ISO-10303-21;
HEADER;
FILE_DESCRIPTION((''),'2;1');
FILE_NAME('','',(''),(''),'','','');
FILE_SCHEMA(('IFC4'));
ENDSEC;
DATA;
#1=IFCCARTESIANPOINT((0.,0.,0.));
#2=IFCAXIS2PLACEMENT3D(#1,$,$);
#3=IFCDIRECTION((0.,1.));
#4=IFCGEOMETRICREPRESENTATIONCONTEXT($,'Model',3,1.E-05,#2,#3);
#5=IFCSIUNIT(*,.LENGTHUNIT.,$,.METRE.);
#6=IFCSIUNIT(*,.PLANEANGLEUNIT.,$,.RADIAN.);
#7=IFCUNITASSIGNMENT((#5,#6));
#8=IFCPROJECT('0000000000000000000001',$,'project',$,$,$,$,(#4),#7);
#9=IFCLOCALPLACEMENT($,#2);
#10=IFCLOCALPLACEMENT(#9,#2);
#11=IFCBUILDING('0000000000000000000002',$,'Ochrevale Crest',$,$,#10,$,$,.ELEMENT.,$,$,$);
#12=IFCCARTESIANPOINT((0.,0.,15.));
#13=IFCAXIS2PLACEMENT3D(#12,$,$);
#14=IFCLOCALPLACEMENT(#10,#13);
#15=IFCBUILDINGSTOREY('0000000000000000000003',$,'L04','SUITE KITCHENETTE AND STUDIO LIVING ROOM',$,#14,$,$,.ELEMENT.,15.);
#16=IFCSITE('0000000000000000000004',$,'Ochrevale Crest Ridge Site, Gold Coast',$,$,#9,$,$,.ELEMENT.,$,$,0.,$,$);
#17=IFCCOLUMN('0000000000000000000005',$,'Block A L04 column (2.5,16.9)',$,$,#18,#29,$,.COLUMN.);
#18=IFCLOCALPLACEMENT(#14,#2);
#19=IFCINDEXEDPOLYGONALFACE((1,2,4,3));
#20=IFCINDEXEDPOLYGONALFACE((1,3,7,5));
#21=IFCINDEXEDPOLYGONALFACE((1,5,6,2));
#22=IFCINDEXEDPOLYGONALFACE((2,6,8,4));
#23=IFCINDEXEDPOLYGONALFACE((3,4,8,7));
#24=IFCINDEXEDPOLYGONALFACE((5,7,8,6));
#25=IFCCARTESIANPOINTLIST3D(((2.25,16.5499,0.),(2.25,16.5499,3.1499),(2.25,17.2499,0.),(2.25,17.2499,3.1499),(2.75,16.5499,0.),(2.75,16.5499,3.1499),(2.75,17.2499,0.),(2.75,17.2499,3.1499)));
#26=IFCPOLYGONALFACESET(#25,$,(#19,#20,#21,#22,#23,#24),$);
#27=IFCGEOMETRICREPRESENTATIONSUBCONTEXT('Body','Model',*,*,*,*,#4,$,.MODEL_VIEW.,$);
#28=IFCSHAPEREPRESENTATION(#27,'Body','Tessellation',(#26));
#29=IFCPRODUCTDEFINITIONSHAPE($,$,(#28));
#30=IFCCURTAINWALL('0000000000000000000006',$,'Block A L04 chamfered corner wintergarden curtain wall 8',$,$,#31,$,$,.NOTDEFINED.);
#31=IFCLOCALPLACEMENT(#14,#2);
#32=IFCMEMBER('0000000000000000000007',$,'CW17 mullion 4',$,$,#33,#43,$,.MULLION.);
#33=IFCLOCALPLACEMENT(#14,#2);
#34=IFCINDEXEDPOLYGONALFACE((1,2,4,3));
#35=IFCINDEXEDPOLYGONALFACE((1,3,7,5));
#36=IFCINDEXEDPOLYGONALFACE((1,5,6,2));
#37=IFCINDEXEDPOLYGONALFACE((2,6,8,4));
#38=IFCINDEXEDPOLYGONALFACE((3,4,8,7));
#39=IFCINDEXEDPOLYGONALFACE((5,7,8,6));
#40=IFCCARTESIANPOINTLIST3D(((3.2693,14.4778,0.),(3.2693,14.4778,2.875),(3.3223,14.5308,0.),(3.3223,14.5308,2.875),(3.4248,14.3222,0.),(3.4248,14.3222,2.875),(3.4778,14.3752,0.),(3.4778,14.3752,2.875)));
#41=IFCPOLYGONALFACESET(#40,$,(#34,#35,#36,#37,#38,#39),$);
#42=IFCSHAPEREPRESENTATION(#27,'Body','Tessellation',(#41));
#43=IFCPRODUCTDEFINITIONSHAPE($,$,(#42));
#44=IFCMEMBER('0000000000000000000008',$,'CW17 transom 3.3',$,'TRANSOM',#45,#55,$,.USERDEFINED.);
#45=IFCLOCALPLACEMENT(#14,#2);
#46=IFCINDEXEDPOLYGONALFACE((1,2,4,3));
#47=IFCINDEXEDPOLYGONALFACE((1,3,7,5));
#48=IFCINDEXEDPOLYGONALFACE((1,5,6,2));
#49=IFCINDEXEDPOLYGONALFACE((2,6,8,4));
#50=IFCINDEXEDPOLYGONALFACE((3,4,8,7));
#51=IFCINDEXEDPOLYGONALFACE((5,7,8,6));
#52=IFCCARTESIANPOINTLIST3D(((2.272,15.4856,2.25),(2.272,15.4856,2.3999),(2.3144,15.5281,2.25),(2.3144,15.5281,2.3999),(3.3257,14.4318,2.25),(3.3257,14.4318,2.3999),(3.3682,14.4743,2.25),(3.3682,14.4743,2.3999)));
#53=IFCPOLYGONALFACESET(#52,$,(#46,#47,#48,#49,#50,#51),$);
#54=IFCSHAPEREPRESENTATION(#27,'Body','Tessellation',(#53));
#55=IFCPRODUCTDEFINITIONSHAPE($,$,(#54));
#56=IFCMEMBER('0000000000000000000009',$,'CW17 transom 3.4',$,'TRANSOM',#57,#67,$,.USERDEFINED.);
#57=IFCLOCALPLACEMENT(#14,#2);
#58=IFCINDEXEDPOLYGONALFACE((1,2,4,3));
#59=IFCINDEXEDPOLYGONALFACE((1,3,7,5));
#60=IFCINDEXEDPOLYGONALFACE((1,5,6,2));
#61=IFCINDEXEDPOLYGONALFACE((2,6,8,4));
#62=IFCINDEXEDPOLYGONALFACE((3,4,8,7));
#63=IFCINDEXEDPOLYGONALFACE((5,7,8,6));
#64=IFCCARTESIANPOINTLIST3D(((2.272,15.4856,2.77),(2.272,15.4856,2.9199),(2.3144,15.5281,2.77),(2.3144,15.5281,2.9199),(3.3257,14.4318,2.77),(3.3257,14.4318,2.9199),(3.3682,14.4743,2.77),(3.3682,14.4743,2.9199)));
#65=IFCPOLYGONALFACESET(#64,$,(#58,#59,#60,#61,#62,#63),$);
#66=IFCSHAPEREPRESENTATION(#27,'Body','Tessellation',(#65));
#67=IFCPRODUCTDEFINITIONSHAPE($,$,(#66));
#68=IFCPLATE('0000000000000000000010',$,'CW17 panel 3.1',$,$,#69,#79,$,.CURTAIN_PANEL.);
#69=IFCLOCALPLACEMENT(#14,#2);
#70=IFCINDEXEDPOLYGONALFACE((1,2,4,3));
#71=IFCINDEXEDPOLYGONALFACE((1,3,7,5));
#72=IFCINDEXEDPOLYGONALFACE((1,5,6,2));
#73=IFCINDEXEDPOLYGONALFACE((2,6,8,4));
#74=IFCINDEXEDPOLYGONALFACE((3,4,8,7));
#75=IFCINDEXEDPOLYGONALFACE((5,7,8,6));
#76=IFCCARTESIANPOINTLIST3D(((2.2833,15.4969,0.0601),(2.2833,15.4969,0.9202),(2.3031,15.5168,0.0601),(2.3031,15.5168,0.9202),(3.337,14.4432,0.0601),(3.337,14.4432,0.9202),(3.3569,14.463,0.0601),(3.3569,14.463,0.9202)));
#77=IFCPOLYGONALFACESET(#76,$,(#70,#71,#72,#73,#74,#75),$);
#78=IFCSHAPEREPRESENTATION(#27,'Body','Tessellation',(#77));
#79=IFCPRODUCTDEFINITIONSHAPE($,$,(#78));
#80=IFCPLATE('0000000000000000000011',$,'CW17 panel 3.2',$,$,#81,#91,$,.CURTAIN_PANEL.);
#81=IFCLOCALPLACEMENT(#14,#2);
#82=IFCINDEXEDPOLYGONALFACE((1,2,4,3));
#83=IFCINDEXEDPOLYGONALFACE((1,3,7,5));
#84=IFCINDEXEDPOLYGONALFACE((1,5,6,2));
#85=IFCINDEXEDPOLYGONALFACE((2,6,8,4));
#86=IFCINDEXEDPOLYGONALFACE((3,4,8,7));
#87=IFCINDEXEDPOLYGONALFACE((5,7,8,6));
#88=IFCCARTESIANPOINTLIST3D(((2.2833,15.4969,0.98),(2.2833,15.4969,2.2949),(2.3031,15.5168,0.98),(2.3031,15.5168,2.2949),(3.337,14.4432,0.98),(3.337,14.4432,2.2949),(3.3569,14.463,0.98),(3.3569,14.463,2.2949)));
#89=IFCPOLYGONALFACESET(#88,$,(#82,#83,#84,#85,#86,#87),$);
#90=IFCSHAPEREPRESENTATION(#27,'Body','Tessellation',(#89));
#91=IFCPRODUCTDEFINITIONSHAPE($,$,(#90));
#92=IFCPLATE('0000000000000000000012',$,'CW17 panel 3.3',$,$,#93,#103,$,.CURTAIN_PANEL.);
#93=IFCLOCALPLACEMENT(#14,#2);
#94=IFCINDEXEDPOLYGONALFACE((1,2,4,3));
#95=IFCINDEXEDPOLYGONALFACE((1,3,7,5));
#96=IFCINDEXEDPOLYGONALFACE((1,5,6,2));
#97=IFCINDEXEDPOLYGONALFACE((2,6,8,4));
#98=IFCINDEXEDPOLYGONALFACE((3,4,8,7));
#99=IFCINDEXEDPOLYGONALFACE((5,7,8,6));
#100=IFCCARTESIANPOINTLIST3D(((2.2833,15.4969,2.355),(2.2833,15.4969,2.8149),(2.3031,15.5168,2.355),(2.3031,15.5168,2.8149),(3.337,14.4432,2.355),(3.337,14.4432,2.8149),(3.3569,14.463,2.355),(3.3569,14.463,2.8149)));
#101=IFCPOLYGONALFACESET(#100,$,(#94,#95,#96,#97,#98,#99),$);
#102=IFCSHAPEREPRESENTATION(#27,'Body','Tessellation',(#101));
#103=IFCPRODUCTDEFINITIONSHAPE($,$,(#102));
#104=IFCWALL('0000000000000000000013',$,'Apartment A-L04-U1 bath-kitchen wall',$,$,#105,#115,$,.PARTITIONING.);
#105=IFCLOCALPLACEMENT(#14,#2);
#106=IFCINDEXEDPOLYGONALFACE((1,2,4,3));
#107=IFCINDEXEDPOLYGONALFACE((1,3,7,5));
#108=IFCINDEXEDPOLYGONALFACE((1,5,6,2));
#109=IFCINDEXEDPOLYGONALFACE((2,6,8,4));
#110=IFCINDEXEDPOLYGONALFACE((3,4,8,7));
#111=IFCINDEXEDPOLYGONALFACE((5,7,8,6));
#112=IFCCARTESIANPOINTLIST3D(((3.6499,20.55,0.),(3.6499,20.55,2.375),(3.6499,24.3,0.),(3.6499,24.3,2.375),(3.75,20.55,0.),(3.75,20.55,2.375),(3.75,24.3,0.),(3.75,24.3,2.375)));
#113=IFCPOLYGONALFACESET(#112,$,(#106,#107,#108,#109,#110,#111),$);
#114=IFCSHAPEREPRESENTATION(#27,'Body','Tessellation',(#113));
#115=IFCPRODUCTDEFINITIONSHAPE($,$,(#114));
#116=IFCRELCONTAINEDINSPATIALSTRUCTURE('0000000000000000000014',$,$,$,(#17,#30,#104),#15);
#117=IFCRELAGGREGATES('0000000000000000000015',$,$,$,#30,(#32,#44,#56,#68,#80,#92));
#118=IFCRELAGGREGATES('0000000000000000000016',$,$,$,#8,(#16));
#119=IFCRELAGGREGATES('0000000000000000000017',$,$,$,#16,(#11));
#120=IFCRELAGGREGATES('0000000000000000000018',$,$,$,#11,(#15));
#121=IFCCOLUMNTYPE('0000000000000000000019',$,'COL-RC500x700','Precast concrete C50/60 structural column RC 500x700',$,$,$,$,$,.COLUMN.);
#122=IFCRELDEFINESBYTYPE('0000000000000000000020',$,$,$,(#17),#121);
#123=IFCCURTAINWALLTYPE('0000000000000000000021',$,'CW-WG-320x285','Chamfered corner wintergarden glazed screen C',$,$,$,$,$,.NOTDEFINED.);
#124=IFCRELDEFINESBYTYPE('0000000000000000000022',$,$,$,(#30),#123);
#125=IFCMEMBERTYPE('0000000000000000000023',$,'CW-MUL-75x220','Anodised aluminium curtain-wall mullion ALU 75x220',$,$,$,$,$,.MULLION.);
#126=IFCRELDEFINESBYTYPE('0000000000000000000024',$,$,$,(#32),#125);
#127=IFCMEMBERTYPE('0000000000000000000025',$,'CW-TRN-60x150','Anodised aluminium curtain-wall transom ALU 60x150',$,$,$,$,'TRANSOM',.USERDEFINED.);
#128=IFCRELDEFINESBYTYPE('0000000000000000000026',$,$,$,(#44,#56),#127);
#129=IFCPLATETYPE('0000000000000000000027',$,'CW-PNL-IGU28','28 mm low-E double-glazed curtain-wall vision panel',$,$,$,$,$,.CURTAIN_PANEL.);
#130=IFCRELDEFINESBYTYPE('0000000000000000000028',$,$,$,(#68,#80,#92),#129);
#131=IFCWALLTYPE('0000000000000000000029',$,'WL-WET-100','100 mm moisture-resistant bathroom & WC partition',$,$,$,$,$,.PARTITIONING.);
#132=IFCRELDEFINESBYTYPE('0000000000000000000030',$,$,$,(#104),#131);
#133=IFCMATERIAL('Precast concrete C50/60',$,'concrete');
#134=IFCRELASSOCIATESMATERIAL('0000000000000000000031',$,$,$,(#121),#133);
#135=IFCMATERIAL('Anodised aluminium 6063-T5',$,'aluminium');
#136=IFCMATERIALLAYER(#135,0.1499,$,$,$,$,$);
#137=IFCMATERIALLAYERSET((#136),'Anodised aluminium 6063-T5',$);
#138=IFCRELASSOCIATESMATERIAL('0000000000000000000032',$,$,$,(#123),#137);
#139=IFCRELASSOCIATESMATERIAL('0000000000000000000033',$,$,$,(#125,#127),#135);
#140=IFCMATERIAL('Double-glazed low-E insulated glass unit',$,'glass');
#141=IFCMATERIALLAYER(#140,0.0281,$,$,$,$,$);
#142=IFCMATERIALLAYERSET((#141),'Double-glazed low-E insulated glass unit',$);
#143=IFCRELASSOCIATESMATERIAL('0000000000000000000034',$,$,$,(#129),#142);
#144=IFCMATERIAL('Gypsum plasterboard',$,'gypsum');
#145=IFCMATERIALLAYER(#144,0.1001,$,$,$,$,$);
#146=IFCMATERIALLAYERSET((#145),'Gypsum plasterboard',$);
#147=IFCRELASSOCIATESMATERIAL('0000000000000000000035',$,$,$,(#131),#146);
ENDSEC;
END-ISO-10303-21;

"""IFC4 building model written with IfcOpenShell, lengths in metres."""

from ifc_helpers import new_model, si_unit, direction, frame, frame_2d, origin, origin_2d, place, context, subcontext, project, spatial, rectangle, extrude, material, layer, layer_set, material_profile, profile_set, type_object, element, aggregate, save


model = new_model("IFC4")

# Units and contexts
model_context = context("Model", 3, precision=1e-05, world=origin(), true_north=direction((0.0, 1.0)))
body_context = subcontext(model_context, "Body", "Model", "MODEL_VIEW")
ifc_project = project(units=[si_unit("LENGTHUNIT", "METRE"), si_unit("PLANEANGLEUNIT", "RADIAN")], contexts=[model_context])

# Site, building, storey
site_placement = place(None, origin())
site = spatial("IfcSite", under=ifc_project, at=site_placement, Name="Ochrevale Crest Ridge Site, Gold Coast", CompositionType="ELEMENT", RefElevation=0.0)
building_placement = place(site_placement, origin())
building = spatial("IfcBuilding", under=site, at=building_placement, Name="Ochrevale Crest", CompositionType="ELEMENT")
storey_placement = place(building_placement, frame((0.0, 0.0, 15.0)))
storey = spatial("IfcBuildingStorey", under=building, at=storey_placement, Name="L04", Description="SUITE KITCHENETTE AND STUDIO LIVING ROOM", CompositionType="ELEMENT", Elevation=15.0)

# Column
ifc_material_1 = material(Name="Precast concrete C50/60", Category="concrete")
ifc_material_profile_1 = material_profile(ifc_material_1, rectangle(XDim=0.5, YDim=0.7, at=origin_2d()), Name="RC 500x700")
ifc_profile_set_1 = profile_set([ifc_material_profile_1], Name="Precast concrete C50/60")
column_type = type_object("IfcColumnType", Name="COL-RC500x700", Description="Precast concrete C50/60 structural column RC 500x700", PredefinedType="COLUMN", material=ifc_profile_set_1)
column_placement = place(storey_placement, frame((2.5, 16.8999, 0.0), z_axis=(0.0, 0.0, 1.0), x_axis=(1.0, 0.0, 0.0)))
element("IfcColumn", 1, at=column_placement, inside=storey, type_object=column_type, Name="Block A L04 column (2.5,16.9)", PredefinedType="COLUMN", context=body_context, shape_type="SweptSolid", body=[
    extrude(rectangle(XDim=0.5, YDim=0.7, at=origin_2d()), origin(), (0.0, 0.0, 1.0), 3.1499),
])

# Curtain wall, members, plates
ifc_material_2 = material(Name="Anodised aluminium 6063-T5", Category="aluminium")
ifc_layer_1 = layer(ifc_material_2, 0.1499)
ifc_layer_set_1 = layer_set([ifc_layer_1], Name="Anodised aluminium 6063-T5")
curtain_wall_type = type_object("IfcCurtainWallType", Name="CW-WG-320x285", Description="Chamfered corner wintergarden glazed screen C", PredefinedType="NOTDEFINED", material=ifc_layer_set_1)
curtain_wall_placement = place(storey_placement, origin())
curtain_wall = element("IfcCurtainWall", 2, at=curtain_wall_placement, inside=storey, type_object=curtain_wall_type, Name="Block A L04 chamfered corner wintergarden curtain wall 8", PredefinedType="NOTDEFINED")
ifc_material_profile_2 = material_profile(ifc_material_2, rectangle(XDim=0.075, YDim=0.22, at=origin_2d()), Name="ALU 75x220")
ifc_profile_set_2 = profile_set([ifc_material_profile_2], Name="Anodised aluminium 6063-T5")
member_type_1 = type_object("IfcMemberType", Name="CW-MUL-75x220", Description="Anodised aluminium curtain-wall mullion ALU 75x220", PredefinedType="MULLION", material=ifc_profile_set_2)
member_1_placement = place(storey_placement, frame((3.3735, 14.4265, 0.0), z_axis=(0.0, 0.0, 1.0), x_axis=(0.707107, 0.707107, 0.0)))
member_1 = element("IfcMember", 3, at=member_1_placement, type_object=member_type_1, Name="CW17 mullion 4", PredefinedType="MULLION", context=body_context, shape_type="SweptSolid", body=[
    extrude(rectangle(XDim=0.075, YDim=0.22, at=origin_2d()), origin(), (0.0, 0.0, 1.0), 2.875),
])
ifc_material_profile_3 = material_profile(ifc_material_2, rectangle(XDim=0.0601, YDim=0.1499, at=origin_2d()), Name="ALU 60x150")
ifc_profile_set_3 = profile_set([ifc_material_profile_3], Name="Anodised aluminium 6063-T5")
member_type_2 = type_object("IfcMemberType", Name="CW-TRN-60x150", Description="Anodised aluminium curtain-wall transom ALU 60x150", ElementType="TRANSOM", PredefinedType="USERDEFINED", material=ifc_profile_set_3)
member_2_placement = place(storey_placement, frame((2.2932, 15.5068, 2.325), z_axis=(0.707107, -0.707107, 0.0), x_axis=(0.707107, 0.707107, 0.0)))
member_2 = element("IfcMember", 4, at=member_2_placement, type_object=member_type_2, Name="CW17 transom 3.3", ObjectType="TRANSOM", PredefinedType="USERDEFINED", context=body_context, shape_type="SweptSolid", body=[
    extrude(rectangle(XDim=0.0601, YDim=0.1499, at=origin_2d()), origin(), (0.0, 0.0, 1.0), 1.4902),
])
member_3_placement = place(storey_placement, frame((2.2932, 15.5068, 2.845), z_axis=(0.707107, -0.707107, 0.0), x_axis=(0.707107, 0.707107, 0.0)))
member_3 = element("IfcMember", 5, at=member_3_placement, type_object=member_type_2, Name="CW17 transom 3.4", ObjectType="TRANSOM", PredefinedType="USERDEFINED", context=body_context, shape_type="SweptSolid", body=[
    extrude(rectangle(XDim=0.0601, YDim=0.1499, at=origin_2d()), origin(), (0.0, 0.0, 1.0), 1.4902),
])
ifc_material_3 = material(Name="Double-glazed low-E insulated glass unit", Category="glass")
ifc_layer_2 = layer(ifc_material_3, 0.0281)
ifc_layer_set_2 = layer_set([ifc_layer_2], Name="Double-glazed low-E insulated glass unit")
plate_type = type_object("IfcPlateType", Name="CW-PNL-IGU28", Description="28 mm low-E double-glazed curtain-wall vision panel", PredefinedType="CURTAIN_PANEL", material=ifc_layer_set_2)
plate_1_placement = place(storey_placement, frame((2.8201, 14.98, 0.0601), z_axis=(0.0, 0.0, 1.0), x_axis=(0.707107, -0.707107, 0.0)))
plate_1 = element("IfcPlate", 6, at=plate_1_placement, type_object=plate_type, Name="CW17 panel 3.1", PredefinedType="CURTAIN_PANEL", context=body_context, shape_type="SweptSolid", body=[
    extrude(rectangle(XDim=1.4902, YDim=0.0281, at=origin_2d()), origin(), (0.0, 0.0, 1.0), 0.8601),
])
plate_2_placement = place(storey_placement, frame((2.8201, 14.98, 0.98), z_axis=(0.0, 0.0, 1.0), x_axis=(0.707107, -0.707107, 0.0)))
plate_2 = element("IfcPlate", 7, at=plate_2_placement, type_object=plate_type, Name="CW17 panel 3.2", PredefinedType="CURTAIN_PANEL", context=body_context, shape_type="SweptSolid", body=[
    extrude(rectangle(XDim=1.4902, YDim=0.0281, at=origin_2d()), origin(), (0.0, 0.0, 1.0), 1.3149),
])
plate_3_placement = place(storey_placement, frame((2.8201, 14.98, 2.355), z_axis=(0.0, 0.0, 1.0), x_axis=(0.707107, -0.707107, 0.0)))
plate_3 = element("IfcPlate", 8, at=plate_3_placement, type_object=plate_type, Name="CW17 panel 3.3", PredefinedType="CURTAIN_PANEL", context=body_context, shape_type="SweptSolid", body=[
    extrude(rectangle(XDim=1.4902, YDim=0.0281, at=origin_2d()), origin(), (0.0, 0.0, 1.0), 0.46),
])
aggregate(curtain_wall, [member_1, member_2, member_3, plate_1, plate_2, plate_3])

# Wall
ifc_material_4 = material(Name="Gypsum plasterboard", Category="gypsum")
ifc_layer_3 = layer(ifc_material_4, 0.1001)
ifc_layer_set_3 = layer_set([ifc_layer_3], Name="Gypsum plasterboard")
wall_type_1 = type_object("IfcWallType", Name="WL-WET-100", Description="100 mm moisture-resistant bathroom & WC partition", PredefinedType="PARTITIONING", material=ifc_layer_set_3)
wall_1_placement = place(storey_placement, frame((3.7, 20.55, 0.0), z_axis=(0.0, 0.0, 1.0), x_axis=(0.0, 1.0, 0.0)))
element("IfcWall", 9, at=wall_1_placement, inside=storey, type_object=wall_type_1, Name="Apartment A-L04-U1 bath-kitchen wall", PredefinedType="PARTITIONING", context=body_context, shape_type="SweptSolid", body=[
    extrude(rectangle(XDim=3.75, YDim=0.1001, at=frame_2d((1.875, 0.0))), origin(), (0.0, 0.0, 1.0), 2.375),
])

save(model, "model.ifc")
